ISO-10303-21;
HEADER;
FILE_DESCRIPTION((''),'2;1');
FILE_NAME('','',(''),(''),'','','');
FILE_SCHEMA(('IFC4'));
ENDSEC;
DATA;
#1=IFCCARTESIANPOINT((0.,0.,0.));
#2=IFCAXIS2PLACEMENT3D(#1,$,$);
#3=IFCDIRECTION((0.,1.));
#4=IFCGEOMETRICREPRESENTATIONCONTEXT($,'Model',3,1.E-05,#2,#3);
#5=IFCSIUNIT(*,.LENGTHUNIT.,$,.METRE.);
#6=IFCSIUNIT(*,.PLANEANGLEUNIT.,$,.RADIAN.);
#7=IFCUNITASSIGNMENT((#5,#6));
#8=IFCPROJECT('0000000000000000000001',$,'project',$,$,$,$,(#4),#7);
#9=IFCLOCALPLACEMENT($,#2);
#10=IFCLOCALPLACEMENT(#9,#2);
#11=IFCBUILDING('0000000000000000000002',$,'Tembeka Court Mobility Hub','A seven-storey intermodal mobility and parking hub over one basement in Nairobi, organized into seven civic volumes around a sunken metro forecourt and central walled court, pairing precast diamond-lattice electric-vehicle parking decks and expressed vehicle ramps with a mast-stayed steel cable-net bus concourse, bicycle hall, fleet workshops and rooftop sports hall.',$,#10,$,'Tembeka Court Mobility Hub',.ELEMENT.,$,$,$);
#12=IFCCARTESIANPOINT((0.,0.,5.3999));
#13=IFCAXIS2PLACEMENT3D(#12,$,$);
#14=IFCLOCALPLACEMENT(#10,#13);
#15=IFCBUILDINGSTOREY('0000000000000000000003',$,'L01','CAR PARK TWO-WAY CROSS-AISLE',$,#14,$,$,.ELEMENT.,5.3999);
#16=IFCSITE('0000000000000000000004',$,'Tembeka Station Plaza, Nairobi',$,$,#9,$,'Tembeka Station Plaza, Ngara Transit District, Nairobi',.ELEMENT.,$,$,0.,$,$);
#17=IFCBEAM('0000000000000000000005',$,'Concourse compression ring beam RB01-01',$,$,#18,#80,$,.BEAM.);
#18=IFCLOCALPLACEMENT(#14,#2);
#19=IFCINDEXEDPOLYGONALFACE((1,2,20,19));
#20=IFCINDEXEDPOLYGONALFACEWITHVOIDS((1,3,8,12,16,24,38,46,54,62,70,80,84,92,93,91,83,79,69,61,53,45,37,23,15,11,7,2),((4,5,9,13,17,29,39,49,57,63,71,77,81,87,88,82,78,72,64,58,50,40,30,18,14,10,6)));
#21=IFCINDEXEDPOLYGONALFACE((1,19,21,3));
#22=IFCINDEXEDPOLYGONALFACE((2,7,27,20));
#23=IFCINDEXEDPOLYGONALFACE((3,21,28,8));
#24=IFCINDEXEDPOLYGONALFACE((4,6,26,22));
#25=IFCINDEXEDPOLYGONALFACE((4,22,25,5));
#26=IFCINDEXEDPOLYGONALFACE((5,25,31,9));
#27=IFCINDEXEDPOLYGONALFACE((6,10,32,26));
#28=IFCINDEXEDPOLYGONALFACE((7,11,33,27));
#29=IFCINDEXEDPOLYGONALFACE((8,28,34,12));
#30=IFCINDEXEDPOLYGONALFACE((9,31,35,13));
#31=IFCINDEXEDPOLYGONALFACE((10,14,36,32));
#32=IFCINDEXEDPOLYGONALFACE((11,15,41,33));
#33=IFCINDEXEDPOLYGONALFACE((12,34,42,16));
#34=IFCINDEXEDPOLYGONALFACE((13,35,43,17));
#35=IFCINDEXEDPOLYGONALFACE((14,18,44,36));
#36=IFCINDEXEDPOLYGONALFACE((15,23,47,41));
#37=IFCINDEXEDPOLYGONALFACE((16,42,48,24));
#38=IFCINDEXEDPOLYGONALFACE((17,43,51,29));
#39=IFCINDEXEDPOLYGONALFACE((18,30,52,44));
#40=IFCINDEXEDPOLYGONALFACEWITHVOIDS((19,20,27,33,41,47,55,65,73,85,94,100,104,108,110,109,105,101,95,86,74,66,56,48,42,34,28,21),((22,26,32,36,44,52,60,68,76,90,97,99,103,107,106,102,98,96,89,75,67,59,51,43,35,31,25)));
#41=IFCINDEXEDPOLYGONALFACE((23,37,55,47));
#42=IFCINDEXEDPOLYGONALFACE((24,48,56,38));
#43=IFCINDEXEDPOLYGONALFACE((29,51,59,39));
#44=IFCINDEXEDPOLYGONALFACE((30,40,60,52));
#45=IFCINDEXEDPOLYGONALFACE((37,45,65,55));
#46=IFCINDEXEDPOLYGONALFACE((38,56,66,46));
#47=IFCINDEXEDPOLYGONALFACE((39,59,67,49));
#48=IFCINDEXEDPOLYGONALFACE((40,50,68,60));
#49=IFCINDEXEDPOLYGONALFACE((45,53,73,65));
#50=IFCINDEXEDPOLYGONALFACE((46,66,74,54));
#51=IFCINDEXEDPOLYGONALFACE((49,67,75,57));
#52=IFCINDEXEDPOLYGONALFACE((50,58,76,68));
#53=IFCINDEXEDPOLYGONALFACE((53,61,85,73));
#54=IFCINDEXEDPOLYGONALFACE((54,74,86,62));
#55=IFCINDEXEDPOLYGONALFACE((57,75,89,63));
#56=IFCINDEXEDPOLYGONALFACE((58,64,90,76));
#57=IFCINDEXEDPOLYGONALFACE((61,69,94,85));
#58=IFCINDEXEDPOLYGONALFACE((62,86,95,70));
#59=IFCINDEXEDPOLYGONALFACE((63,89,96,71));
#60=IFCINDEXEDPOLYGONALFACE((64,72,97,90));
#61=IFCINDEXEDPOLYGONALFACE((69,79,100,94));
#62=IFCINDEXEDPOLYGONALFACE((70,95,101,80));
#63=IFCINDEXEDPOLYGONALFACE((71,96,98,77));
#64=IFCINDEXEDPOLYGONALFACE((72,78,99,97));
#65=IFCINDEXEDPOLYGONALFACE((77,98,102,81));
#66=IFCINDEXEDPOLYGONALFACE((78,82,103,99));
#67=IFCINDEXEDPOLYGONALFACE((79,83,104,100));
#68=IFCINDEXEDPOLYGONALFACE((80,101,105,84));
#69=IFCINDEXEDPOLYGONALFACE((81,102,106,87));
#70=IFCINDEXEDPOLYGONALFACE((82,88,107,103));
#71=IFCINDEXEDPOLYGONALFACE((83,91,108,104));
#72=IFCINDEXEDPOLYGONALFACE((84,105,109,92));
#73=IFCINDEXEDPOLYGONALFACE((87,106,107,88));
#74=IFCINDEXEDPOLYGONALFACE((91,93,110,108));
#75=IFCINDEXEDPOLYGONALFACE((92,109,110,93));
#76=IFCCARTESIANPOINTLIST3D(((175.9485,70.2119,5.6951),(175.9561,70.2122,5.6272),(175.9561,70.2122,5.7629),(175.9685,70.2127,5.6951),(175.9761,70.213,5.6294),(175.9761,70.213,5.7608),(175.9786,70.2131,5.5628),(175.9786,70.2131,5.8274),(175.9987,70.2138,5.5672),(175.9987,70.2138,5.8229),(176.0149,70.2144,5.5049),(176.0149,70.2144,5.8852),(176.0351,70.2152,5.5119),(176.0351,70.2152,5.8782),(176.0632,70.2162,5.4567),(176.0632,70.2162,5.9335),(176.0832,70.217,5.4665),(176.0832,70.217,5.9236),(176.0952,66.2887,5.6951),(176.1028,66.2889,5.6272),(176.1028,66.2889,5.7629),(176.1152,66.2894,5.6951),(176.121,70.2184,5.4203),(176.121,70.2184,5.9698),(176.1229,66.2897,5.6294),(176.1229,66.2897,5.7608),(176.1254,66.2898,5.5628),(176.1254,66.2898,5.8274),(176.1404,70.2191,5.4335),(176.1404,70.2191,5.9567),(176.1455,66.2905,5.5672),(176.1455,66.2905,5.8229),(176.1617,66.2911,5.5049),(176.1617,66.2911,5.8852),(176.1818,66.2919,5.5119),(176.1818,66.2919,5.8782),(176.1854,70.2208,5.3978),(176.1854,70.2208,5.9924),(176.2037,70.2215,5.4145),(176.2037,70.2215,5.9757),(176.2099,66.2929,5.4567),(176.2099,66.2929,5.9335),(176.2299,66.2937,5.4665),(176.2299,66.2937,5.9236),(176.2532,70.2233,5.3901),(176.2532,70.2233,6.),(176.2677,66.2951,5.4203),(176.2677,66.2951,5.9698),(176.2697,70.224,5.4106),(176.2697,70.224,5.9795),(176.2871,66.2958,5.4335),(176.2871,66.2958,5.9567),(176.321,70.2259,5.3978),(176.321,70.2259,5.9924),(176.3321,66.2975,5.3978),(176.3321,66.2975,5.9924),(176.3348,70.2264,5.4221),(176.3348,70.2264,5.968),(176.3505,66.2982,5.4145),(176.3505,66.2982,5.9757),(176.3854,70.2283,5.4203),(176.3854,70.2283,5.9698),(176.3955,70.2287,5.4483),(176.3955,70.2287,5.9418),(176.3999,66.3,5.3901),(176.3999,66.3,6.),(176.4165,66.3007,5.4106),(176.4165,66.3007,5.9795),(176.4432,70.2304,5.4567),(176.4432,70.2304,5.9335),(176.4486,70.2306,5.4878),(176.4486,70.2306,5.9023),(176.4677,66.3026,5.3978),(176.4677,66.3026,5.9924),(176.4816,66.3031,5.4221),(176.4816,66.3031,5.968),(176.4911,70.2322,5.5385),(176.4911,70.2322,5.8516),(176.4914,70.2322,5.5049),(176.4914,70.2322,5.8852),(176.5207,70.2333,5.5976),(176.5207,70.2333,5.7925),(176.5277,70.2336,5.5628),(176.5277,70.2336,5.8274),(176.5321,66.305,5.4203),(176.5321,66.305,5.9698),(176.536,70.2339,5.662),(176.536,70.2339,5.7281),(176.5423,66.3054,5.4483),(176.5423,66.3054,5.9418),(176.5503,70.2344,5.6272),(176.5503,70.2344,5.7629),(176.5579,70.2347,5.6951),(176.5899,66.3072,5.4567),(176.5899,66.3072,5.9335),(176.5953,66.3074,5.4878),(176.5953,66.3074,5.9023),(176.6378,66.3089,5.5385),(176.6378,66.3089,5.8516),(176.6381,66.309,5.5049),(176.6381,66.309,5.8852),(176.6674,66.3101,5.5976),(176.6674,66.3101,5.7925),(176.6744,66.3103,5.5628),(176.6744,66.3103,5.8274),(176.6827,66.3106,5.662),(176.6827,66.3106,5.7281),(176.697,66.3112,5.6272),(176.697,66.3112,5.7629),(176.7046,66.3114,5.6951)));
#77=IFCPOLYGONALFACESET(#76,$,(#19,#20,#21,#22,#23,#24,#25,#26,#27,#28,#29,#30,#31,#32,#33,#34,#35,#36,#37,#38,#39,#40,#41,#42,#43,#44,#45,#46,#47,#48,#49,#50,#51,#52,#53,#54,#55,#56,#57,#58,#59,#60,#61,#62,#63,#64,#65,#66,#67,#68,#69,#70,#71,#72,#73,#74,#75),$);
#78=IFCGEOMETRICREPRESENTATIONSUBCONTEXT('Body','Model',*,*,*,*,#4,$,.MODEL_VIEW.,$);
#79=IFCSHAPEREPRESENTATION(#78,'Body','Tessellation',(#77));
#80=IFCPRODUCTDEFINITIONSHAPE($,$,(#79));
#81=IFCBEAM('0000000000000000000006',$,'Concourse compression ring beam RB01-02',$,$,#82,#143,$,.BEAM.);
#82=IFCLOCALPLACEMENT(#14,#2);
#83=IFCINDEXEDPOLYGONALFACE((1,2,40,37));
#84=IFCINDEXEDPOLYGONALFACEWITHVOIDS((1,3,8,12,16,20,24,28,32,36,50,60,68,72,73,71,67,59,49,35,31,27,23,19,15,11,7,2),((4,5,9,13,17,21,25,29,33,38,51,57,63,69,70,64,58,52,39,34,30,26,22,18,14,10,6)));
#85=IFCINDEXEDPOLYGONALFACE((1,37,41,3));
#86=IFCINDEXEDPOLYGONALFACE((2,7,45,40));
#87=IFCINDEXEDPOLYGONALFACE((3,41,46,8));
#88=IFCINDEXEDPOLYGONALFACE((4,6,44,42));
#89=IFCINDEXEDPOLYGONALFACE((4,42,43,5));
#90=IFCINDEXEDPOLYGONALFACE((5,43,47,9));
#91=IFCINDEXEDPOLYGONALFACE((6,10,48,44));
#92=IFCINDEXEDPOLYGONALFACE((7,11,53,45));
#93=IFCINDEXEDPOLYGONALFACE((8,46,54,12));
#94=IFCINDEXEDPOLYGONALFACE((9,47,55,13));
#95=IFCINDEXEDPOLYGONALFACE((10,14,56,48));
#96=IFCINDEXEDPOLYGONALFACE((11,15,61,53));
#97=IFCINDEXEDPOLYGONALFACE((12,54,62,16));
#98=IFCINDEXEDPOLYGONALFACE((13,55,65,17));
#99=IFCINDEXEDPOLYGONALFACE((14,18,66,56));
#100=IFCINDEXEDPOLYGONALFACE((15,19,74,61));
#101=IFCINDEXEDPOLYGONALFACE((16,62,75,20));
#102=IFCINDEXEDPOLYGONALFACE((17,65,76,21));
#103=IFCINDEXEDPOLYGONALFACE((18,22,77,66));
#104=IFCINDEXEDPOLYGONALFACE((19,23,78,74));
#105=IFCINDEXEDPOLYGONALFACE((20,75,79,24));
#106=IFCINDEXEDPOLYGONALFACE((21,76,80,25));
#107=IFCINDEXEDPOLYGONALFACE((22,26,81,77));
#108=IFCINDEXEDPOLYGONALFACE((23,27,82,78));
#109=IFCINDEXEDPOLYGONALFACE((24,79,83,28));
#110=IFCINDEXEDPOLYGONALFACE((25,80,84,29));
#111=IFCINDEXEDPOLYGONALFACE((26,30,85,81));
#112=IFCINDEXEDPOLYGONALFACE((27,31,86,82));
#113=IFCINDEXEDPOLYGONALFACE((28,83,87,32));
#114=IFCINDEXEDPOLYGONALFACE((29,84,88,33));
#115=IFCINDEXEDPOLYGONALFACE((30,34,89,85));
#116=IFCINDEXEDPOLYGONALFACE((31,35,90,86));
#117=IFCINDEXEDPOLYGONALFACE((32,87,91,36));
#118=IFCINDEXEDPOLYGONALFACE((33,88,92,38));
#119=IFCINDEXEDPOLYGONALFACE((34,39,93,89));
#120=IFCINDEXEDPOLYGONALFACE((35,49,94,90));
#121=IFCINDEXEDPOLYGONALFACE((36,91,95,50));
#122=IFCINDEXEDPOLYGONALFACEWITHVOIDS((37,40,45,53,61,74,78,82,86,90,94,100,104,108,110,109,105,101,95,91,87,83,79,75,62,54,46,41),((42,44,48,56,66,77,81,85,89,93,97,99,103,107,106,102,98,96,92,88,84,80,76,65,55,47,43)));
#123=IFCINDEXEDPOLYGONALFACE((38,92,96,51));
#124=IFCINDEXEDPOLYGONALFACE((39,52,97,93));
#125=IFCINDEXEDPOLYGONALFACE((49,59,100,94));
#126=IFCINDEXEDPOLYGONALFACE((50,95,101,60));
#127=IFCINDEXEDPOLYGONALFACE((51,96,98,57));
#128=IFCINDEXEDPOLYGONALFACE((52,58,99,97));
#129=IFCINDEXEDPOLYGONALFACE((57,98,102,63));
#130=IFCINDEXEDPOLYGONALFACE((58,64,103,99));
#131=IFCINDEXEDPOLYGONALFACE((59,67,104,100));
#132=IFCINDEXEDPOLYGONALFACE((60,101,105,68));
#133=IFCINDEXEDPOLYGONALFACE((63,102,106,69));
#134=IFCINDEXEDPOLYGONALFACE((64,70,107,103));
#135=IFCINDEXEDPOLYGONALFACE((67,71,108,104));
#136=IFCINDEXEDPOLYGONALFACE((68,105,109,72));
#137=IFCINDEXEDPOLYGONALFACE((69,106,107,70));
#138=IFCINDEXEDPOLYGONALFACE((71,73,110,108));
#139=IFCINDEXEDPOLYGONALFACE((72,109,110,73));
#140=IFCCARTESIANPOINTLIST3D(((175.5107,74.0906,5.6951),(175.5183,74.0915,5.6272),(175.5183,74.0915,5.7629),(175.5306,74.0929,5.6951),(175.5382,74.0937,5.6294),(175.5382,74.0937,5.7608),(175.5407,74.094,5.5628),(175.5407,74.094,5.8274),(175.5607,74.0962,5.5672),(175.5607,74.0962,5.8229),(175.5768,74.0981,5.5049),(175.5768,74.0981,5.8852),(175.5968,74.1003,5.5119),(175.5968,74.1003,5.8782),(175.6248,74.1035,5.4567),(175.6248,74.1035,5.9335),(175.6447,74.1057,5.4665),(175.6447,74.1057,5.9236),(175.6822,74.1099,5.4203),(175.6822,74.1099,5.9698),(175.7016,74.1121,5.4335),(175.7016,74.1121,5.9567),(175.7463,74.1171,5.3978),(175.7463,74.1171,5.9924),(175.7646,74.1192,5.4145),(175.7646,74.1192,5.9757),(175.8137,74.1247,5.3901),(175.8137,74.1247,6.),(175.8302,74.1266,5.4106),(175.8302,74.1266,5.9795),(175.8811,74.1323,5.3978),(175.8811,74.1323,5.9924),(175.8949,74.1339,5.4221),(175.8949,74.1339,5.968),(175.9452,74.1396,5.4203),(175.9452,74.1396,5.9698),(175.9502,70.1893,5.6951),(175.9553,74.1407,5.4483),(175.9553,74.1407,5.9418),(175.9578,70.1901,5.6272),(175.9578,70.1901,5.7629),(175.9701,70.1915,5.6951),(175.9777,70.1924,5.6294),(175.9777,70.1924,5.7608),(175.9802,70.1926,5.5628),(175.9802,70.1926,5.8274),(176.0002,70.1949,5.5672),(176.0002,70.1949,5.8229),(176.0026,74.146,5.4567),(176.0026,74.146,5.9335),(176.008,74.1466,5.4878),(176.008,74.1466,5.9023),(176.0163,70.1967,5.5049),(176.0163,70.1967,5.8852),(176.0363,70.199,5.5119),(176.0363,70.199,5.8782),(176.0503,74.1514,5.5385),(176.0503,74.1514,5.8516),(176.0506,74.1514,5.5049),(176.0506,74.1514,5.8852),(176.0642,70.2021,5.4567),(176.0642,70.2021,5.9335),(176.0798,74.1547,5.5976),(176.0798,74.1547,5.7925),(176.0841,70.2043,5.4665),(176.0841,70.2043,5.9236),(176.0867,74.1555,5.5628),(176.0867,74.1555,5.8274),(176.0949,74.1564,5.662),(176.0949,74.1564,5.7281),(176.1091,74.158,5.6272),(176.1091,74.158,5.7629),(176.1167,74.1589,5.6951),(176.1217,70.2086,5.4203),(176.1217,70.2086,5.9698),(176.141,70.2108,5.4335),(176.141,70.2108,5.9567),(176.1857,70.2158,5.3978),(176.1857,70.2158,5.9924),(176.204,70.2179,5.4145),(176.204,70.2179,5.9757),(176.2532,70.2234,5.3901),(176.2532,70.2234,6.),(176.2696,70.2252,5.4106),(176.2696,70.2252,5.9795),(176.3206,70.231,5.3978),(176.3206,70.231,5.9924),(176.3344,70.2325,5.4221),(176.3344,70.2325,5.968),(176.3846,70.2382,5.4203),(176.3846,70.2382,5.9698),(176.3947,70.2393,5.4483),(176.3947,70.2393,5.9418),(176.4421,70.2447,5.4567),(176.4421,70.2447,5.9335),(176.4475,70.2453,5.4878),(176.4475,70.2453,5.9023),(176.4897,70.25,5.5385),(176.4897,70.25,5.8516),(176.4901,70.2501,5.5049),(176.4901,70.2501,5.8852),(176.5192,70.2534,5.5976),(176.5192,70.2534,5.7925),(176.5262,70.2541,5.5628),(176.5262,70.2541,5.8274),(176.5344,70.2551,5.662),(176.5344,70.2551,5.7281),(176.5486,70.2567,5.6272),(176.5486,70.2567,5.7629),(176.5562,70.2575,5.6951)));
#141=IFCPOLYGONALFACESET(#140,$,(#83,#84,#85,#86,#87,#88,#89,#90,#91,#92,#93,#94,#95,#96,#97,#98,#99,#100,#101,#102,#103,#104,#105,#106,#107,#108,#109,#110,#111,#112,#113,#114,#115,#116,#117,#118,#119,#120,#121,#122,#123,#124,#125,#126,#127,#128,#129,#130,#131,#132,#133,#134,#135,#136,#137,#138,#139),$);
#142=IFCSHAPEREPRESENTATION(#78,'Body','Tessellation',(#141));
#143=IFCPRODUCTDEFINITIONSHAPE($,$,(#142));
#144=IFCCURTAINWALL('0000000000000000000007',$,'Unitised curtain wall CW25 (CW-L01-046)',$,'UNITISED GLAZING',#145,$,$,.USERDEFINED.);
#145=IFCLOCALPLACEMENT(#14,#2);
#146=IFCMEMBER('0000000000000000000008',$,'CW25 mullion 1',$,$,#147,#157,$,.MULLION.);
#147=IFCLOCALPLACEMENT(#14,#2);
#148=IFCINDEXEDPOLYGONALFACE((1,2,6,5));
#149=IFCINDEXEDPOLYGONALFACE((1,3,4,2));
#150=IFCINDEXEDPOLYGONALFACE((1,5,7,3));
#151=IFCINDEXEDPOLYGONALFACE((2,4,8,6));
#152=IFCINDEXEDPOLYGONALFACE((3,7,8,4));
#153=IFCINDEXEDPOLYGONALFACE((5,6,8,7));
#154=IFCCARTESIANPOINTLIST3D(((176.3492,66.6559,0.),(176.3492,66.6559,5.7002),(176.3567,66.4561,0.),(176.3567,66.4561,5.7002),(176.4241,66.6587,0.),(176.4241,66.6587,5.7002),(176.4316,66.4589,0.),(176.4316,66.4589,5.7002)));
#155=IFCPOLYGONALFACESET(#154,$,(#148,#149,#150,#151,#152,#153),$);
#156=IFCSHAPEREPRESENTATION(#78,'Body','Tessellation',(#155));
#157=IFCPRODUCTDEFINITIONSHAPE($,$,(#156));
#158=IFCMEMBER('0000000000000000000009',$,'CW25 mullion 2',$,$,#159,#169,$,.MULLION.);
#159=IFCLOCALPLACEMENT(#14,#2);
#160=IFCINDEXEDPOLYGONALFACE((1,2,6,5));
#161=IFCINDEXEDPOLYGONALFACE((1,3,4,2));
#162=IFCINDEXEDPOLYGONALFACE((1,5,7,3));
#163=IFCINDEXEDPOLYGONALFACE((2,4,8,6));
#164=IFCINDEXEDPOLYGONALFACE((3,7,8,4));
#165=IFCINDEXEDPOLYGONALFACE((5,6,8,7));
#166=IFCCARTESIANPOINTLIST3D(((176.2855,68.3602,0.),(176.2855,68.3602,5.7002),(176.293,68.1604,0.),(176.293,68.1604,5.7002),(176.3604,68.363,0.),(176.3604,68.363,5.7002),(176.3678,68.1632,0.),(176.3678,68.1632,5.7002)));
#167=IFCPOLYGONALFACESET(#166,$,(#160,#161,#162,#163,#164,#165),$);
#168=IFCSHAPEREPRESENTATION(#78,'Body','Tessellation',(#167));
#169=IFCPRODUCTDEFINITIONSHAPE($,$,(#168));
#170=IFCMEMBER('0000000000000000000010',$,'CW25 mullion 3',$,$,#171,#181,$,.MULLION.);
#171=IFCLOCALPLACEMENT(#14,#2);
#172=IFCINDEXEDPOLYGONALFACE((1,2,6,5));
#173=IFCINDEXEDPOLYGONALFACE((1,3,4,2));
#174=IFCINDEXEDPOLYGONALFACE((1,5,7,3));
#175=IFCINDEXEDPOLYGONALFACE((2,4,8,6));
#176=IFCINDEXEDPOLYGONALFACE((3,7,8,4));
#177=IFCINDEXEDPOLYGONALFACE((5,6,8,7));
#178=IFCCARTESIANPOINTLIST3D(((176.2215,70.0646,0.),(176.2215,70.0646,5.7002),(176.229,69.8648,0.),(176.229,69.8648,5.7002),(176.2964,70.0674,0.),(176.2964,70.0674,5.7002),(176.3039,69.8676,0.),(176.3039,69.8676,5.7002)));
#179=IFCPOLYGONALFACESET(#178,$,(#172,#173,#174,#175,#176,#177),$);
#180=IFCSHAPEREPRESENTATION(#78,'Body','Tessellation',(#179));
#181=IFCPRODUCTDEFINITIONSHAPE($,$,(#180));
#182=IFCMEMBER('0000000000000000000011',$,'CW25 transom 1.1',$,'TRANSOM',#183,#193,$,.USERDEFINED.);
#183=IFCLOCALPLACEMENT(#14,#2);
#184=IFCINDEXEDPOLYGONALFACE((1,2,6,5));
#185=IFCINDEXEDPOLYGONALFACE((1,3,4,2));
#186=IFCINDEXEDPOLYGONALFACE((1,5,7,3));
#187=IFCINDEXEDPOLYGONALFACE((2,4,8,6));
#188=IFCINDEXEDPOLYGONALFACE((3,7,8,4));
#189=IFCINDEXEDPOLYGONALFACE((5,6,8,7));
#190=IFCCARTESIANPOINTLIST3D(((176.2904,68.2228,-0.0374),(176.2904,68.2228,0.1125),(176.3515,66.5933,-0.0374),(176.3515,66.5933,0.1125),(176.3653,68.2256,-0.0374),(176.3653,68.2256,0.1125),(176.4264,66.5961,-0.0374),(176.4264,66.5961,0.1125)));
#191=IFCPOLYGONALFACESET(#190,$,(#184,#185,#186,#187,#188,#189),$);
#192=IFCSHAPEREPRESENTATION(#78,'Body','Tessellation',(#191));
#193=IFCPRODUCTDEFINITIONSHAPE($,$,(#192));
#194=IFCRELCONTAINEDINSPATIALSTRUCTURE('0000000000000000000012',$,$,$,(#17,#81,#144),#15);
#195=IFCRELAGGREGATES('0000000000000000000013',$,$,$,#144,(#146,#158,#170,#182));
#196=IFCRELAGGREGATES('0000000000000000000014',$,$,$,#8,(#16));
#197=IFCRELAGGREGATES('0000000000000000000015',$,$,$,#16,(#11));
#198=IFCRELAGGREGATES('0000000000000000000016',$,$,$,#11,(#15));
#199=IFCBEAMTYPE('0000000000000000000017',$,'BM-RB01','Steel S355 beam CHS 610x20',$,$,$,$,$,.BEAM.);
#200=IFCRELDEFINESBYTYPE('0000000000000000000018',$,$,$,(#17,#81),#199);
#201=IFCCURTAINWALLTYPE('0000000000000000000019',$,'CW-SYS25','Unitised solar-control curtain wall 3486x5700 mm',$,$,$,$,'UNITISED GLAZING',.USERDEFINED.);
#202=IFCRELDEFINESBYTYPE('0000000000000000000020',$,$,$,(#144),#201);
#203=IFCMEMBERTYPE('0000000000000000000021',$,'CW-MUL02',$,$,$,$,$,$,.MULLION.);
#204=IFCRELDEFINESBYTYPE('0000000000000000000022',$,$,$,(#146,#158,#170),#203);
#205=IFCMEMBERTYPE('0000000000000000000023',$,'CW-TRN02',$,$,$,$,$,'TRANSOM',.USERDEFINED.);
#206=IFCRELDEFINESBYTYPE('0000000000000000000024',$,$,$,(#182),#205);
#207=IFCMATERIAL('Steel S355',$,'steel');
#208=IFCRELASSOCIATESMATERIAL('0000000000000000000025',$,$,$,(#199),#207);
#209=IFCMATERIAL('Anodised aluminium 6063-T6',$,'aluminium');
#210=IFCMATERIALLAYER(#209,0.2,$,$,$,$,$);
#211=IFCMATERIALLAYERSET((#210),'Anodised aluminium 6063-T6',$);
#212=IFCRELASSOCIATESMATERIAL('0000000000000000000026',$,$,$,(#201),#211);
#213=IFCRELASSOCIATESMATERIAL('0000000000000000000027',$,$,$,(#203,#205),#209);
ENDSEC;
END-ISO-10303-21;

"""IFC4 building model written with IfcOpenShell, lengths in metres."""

from ifc_helpers import new_model, si_unit, direction, frame, origin, origin_2d, place, context, subcontext, project, spatial, rectangle, hollow_circle, extrude, material, layer, layer_set, material_profile, profile_set, type_object, element, aggregate, save


model = new_model("IFC4")

# Units and contexts
model_context = context("Model", 3, precision=1e-05, world=origin(), true_north=direction((0.0, 1.0)))
body_context = subcontext(model_context, "Body", "Model", "MODEL_VIEW")
ifc_project = project(units=[si_unit("LENGTHUNIT", "METRE"), si_unit("PLANEANGLEUNIT", "RADIAN")], contexts=[model_context])

# Site, building, storey
site_placement = place(None, origin())
site = spatial("IfcSite", under=ifc_project, at=site_placement, Name="Tembeka Station Plaza, Nairobi", LongName="Tembeka Station Plaza, Ngara Transit District, Nairobi", CompositionType="ELEMENT", RefElevation=0.0)
building_placement = place(site_placement, origin())
building = spatial("IfcBuilding", under=site, at=building_placement, Name="Tembeka Court Mobility Hub", Description="A seven-storey intermodal mobility and parking hub over one basement in Nairobi, organized into seven civic volumes around a sunken metro forecourt and central walled court, pairing precast diamond-lattice electric-vehicle parking decks and expressed vehicle ramps with a mast-stayed steel cable-net bus concourse, bicycle hall, fleet workshops and rooftop sports hall.", LongName="Tembeka Court Mobility Hub", CompositionType="ELEMENT")
storey_placement = place(building_placement, frame((0.0, 0.0, 5.3999)))
storey = spatial("IfcBuildingStorey", under=building, at=storey_placement, Name="L01", Description="CAR PARK TWO-WAY CROSS-AISLE", CompositionType="ELEMENT", Elevation=5.3999)

# Shared definitions
ifc_material_1 = material(Name="Steel S355", Category="steel")

# Beams
ifc_material_profile_1 = material_profile(ifc_material_1, hollow_circle(Radius=0.3049, WallThickness=0.02, at=origin_2d()), Name="CHS 610x20")
ifc_profile_set_1 = profile_set([ifc_material_profile_1], Name="Steel S355")
beam_type = type_object("IfcBeamType", Name="BM-RB01", Description="Steel S355 beam CHS 610x20", PredefinedType="BEAM", material=ifc_profile_set_1)
for number, where, z_axis, x_axis, name in (
    (1, (176.3999, 66.3, 5.6951), (-0.037373, 0.999301, 0.0), (-0.999301, -0.037373, 0.0), "Concourse compression ring beam RB01-01"),
    (2, (176.2532, 70.2234, 5.6951), (-0.111933, 0.993716, 0.0), (-0.993716, -0.111933, 0.0), "Concourse compression ring beam RB01-02"),
):
    element("IfcBeam", number, at=place(storey_placement, frame(where, z_axis=z_axis, x_axis=x_axis)), inside=storey, type_object=beam_type, Name=name, PredefinedType="BEAM", context=body_context, shape_type="SweptSolid", body=[
        extrude(hollow_circle(Radius=0.3049, WallThickness=0.02, at=origin_2d()), origin(), (0.0, 0.0, 1.0), 3.926),
    ])

# Curtain wall, members
ifc_material_2 = material(Name="Anodised aluminium 6063-T6", Category="aluminium")
ifc_layer_1 = layer(ifc_material_2, 0.2)
ifc_layer_set_1 = layer_set([ifc_layer_1], Name="Anodised aluminium 6063-T6")
curtain_wall_type = type_object("IfcCurtainWallType", Name="CW-SYS25", Description="Unitised solar-control curtain wall 3486x5700 mm", ElementType="UNITISED GLAZING", PredefinedType="USERDEFINED", material=ifc_layer_set_1)
curtain_wall_placement = place(storey_placement, origin())
curtain_wall = element("IfcCurtainWall", 3, at=curtain_wall_placement, inside=storey, type_object=curtain_wall_type, Name="Unitised curtain wall CW25 (CW-L01-046)", ObjectType="UNITISED GLAZING", PredefinedType="USERDEFINED")
ifc_material_profile_2 = material_profile(ifc_material_2, rectangle(XDim=0.075, YDim=0.2, at=origin_2d()), Name="ALU-MUL 75x200")
ifc_profile_set_2 = profile_set([ifc_material_profile_2], Name="Anodised aluminium 6063-T6")
member_type_1 = type_object("IfcMemberType", Name="CW-MUL02", PredefinedType="MULLION", material=ifc_profile_set_2)
member_1_placement = place(storey_placement, frame((176.3904, 66.5574, 0.0), z_axis=(0.0, 0.0, 1.0), x_axis=(-0.9993, -0.037405, 0.0)))
member_1 = element("IfcMember", 4, at=member_1_placement, type_object=member_type_1, Name="CW25 mullion 1", PredefinedType="MULLION", context=body_context, shape_type="SweptSolid", body=[
    extrude(rectangle(XDim=0.075, YDim=0.2, at=origin_2d()), origin(), (0.0, 0.0, 1.0), 5.7002),
])
member_2_placement = place(storey_placement, frame((176.3267, 68.2617, 0.0), z_axis=(0.0, 0.0, 1.0), x_axis=(-0.9993, -0.037405, 0.0)))
member_2 = element("IfcMember", 5, at=member_2_placement, type_object=member_type_1, Name="CW25 mullion 2", PredefinedType="MULLION", context=body_context, shape_type="SweptSolid", body=[
    extrude(rectangle(XDim=0.075, YDim=0.2, at=origin_2d()), origin(), (0.0, 0.0, 1.0), 5.7002),
])
member_3_placement = place(storey_placement, frame((176.2627, 69.9661, 0.0), z_axis=(0.0, 0.0, 1.0), x_axis=(-0.9993, -0.037405, 0.0)))
member_3 = element("IfcMember", 6, at=member_3_placement, type_object=member_type_1, Name="CW25 mullion 3", PredefinedType="MULLION", context=body_context, shape_type="SweptSolid", body=[
    extrude(rectangle(XDim=0.075, YDim=0.2, at=origin_2d()), origin(), (0.0, 0.0, 1.0), 5.7002),
])
ifc_material_profile_3 = material_profile(ifc_material_2, rectangle(XDim=0.075, YDim=0.1499, at=origin_2d()), Name="ALU-TRN 75x150")
ifc_profile_set_3 = profile_set([ifc_material_profile_3], Name="Anodised aluminium 6063-T6")
member_type_2 = type_object("IfcMemberType", Name="CW-TRN02", ElementType="TRANSOM", PredefinedType="USERDEFINED", material=ifc_profile_set_3)
member_4_placement = place(storey_placement, frame((176.3889, 66.5947, 0.0376), z_axis=(-0.037433, 0.999299, 0.0), x_axis=(-0.999299, -0.037433, 0.0)))
member_4 = element("IfcMember", 7, at=member_4_placement, type_object=member_type_2, Name="CW25 transom 1.1", ObjectType="TRANSOM", PredefinedType="USERDEFINED", context=body_context, shape_type="SweptSolid", body=[
    extrude(rectangle(XDim=0.075, YDim=0.1499, at=origin_2d()), origin(), (0.0, 0.0, 1.0), 1.6306),
])
aggregate(curtain_wall, [member_1, member_2, member_3, member_4])

save(model, "model.ifc")
